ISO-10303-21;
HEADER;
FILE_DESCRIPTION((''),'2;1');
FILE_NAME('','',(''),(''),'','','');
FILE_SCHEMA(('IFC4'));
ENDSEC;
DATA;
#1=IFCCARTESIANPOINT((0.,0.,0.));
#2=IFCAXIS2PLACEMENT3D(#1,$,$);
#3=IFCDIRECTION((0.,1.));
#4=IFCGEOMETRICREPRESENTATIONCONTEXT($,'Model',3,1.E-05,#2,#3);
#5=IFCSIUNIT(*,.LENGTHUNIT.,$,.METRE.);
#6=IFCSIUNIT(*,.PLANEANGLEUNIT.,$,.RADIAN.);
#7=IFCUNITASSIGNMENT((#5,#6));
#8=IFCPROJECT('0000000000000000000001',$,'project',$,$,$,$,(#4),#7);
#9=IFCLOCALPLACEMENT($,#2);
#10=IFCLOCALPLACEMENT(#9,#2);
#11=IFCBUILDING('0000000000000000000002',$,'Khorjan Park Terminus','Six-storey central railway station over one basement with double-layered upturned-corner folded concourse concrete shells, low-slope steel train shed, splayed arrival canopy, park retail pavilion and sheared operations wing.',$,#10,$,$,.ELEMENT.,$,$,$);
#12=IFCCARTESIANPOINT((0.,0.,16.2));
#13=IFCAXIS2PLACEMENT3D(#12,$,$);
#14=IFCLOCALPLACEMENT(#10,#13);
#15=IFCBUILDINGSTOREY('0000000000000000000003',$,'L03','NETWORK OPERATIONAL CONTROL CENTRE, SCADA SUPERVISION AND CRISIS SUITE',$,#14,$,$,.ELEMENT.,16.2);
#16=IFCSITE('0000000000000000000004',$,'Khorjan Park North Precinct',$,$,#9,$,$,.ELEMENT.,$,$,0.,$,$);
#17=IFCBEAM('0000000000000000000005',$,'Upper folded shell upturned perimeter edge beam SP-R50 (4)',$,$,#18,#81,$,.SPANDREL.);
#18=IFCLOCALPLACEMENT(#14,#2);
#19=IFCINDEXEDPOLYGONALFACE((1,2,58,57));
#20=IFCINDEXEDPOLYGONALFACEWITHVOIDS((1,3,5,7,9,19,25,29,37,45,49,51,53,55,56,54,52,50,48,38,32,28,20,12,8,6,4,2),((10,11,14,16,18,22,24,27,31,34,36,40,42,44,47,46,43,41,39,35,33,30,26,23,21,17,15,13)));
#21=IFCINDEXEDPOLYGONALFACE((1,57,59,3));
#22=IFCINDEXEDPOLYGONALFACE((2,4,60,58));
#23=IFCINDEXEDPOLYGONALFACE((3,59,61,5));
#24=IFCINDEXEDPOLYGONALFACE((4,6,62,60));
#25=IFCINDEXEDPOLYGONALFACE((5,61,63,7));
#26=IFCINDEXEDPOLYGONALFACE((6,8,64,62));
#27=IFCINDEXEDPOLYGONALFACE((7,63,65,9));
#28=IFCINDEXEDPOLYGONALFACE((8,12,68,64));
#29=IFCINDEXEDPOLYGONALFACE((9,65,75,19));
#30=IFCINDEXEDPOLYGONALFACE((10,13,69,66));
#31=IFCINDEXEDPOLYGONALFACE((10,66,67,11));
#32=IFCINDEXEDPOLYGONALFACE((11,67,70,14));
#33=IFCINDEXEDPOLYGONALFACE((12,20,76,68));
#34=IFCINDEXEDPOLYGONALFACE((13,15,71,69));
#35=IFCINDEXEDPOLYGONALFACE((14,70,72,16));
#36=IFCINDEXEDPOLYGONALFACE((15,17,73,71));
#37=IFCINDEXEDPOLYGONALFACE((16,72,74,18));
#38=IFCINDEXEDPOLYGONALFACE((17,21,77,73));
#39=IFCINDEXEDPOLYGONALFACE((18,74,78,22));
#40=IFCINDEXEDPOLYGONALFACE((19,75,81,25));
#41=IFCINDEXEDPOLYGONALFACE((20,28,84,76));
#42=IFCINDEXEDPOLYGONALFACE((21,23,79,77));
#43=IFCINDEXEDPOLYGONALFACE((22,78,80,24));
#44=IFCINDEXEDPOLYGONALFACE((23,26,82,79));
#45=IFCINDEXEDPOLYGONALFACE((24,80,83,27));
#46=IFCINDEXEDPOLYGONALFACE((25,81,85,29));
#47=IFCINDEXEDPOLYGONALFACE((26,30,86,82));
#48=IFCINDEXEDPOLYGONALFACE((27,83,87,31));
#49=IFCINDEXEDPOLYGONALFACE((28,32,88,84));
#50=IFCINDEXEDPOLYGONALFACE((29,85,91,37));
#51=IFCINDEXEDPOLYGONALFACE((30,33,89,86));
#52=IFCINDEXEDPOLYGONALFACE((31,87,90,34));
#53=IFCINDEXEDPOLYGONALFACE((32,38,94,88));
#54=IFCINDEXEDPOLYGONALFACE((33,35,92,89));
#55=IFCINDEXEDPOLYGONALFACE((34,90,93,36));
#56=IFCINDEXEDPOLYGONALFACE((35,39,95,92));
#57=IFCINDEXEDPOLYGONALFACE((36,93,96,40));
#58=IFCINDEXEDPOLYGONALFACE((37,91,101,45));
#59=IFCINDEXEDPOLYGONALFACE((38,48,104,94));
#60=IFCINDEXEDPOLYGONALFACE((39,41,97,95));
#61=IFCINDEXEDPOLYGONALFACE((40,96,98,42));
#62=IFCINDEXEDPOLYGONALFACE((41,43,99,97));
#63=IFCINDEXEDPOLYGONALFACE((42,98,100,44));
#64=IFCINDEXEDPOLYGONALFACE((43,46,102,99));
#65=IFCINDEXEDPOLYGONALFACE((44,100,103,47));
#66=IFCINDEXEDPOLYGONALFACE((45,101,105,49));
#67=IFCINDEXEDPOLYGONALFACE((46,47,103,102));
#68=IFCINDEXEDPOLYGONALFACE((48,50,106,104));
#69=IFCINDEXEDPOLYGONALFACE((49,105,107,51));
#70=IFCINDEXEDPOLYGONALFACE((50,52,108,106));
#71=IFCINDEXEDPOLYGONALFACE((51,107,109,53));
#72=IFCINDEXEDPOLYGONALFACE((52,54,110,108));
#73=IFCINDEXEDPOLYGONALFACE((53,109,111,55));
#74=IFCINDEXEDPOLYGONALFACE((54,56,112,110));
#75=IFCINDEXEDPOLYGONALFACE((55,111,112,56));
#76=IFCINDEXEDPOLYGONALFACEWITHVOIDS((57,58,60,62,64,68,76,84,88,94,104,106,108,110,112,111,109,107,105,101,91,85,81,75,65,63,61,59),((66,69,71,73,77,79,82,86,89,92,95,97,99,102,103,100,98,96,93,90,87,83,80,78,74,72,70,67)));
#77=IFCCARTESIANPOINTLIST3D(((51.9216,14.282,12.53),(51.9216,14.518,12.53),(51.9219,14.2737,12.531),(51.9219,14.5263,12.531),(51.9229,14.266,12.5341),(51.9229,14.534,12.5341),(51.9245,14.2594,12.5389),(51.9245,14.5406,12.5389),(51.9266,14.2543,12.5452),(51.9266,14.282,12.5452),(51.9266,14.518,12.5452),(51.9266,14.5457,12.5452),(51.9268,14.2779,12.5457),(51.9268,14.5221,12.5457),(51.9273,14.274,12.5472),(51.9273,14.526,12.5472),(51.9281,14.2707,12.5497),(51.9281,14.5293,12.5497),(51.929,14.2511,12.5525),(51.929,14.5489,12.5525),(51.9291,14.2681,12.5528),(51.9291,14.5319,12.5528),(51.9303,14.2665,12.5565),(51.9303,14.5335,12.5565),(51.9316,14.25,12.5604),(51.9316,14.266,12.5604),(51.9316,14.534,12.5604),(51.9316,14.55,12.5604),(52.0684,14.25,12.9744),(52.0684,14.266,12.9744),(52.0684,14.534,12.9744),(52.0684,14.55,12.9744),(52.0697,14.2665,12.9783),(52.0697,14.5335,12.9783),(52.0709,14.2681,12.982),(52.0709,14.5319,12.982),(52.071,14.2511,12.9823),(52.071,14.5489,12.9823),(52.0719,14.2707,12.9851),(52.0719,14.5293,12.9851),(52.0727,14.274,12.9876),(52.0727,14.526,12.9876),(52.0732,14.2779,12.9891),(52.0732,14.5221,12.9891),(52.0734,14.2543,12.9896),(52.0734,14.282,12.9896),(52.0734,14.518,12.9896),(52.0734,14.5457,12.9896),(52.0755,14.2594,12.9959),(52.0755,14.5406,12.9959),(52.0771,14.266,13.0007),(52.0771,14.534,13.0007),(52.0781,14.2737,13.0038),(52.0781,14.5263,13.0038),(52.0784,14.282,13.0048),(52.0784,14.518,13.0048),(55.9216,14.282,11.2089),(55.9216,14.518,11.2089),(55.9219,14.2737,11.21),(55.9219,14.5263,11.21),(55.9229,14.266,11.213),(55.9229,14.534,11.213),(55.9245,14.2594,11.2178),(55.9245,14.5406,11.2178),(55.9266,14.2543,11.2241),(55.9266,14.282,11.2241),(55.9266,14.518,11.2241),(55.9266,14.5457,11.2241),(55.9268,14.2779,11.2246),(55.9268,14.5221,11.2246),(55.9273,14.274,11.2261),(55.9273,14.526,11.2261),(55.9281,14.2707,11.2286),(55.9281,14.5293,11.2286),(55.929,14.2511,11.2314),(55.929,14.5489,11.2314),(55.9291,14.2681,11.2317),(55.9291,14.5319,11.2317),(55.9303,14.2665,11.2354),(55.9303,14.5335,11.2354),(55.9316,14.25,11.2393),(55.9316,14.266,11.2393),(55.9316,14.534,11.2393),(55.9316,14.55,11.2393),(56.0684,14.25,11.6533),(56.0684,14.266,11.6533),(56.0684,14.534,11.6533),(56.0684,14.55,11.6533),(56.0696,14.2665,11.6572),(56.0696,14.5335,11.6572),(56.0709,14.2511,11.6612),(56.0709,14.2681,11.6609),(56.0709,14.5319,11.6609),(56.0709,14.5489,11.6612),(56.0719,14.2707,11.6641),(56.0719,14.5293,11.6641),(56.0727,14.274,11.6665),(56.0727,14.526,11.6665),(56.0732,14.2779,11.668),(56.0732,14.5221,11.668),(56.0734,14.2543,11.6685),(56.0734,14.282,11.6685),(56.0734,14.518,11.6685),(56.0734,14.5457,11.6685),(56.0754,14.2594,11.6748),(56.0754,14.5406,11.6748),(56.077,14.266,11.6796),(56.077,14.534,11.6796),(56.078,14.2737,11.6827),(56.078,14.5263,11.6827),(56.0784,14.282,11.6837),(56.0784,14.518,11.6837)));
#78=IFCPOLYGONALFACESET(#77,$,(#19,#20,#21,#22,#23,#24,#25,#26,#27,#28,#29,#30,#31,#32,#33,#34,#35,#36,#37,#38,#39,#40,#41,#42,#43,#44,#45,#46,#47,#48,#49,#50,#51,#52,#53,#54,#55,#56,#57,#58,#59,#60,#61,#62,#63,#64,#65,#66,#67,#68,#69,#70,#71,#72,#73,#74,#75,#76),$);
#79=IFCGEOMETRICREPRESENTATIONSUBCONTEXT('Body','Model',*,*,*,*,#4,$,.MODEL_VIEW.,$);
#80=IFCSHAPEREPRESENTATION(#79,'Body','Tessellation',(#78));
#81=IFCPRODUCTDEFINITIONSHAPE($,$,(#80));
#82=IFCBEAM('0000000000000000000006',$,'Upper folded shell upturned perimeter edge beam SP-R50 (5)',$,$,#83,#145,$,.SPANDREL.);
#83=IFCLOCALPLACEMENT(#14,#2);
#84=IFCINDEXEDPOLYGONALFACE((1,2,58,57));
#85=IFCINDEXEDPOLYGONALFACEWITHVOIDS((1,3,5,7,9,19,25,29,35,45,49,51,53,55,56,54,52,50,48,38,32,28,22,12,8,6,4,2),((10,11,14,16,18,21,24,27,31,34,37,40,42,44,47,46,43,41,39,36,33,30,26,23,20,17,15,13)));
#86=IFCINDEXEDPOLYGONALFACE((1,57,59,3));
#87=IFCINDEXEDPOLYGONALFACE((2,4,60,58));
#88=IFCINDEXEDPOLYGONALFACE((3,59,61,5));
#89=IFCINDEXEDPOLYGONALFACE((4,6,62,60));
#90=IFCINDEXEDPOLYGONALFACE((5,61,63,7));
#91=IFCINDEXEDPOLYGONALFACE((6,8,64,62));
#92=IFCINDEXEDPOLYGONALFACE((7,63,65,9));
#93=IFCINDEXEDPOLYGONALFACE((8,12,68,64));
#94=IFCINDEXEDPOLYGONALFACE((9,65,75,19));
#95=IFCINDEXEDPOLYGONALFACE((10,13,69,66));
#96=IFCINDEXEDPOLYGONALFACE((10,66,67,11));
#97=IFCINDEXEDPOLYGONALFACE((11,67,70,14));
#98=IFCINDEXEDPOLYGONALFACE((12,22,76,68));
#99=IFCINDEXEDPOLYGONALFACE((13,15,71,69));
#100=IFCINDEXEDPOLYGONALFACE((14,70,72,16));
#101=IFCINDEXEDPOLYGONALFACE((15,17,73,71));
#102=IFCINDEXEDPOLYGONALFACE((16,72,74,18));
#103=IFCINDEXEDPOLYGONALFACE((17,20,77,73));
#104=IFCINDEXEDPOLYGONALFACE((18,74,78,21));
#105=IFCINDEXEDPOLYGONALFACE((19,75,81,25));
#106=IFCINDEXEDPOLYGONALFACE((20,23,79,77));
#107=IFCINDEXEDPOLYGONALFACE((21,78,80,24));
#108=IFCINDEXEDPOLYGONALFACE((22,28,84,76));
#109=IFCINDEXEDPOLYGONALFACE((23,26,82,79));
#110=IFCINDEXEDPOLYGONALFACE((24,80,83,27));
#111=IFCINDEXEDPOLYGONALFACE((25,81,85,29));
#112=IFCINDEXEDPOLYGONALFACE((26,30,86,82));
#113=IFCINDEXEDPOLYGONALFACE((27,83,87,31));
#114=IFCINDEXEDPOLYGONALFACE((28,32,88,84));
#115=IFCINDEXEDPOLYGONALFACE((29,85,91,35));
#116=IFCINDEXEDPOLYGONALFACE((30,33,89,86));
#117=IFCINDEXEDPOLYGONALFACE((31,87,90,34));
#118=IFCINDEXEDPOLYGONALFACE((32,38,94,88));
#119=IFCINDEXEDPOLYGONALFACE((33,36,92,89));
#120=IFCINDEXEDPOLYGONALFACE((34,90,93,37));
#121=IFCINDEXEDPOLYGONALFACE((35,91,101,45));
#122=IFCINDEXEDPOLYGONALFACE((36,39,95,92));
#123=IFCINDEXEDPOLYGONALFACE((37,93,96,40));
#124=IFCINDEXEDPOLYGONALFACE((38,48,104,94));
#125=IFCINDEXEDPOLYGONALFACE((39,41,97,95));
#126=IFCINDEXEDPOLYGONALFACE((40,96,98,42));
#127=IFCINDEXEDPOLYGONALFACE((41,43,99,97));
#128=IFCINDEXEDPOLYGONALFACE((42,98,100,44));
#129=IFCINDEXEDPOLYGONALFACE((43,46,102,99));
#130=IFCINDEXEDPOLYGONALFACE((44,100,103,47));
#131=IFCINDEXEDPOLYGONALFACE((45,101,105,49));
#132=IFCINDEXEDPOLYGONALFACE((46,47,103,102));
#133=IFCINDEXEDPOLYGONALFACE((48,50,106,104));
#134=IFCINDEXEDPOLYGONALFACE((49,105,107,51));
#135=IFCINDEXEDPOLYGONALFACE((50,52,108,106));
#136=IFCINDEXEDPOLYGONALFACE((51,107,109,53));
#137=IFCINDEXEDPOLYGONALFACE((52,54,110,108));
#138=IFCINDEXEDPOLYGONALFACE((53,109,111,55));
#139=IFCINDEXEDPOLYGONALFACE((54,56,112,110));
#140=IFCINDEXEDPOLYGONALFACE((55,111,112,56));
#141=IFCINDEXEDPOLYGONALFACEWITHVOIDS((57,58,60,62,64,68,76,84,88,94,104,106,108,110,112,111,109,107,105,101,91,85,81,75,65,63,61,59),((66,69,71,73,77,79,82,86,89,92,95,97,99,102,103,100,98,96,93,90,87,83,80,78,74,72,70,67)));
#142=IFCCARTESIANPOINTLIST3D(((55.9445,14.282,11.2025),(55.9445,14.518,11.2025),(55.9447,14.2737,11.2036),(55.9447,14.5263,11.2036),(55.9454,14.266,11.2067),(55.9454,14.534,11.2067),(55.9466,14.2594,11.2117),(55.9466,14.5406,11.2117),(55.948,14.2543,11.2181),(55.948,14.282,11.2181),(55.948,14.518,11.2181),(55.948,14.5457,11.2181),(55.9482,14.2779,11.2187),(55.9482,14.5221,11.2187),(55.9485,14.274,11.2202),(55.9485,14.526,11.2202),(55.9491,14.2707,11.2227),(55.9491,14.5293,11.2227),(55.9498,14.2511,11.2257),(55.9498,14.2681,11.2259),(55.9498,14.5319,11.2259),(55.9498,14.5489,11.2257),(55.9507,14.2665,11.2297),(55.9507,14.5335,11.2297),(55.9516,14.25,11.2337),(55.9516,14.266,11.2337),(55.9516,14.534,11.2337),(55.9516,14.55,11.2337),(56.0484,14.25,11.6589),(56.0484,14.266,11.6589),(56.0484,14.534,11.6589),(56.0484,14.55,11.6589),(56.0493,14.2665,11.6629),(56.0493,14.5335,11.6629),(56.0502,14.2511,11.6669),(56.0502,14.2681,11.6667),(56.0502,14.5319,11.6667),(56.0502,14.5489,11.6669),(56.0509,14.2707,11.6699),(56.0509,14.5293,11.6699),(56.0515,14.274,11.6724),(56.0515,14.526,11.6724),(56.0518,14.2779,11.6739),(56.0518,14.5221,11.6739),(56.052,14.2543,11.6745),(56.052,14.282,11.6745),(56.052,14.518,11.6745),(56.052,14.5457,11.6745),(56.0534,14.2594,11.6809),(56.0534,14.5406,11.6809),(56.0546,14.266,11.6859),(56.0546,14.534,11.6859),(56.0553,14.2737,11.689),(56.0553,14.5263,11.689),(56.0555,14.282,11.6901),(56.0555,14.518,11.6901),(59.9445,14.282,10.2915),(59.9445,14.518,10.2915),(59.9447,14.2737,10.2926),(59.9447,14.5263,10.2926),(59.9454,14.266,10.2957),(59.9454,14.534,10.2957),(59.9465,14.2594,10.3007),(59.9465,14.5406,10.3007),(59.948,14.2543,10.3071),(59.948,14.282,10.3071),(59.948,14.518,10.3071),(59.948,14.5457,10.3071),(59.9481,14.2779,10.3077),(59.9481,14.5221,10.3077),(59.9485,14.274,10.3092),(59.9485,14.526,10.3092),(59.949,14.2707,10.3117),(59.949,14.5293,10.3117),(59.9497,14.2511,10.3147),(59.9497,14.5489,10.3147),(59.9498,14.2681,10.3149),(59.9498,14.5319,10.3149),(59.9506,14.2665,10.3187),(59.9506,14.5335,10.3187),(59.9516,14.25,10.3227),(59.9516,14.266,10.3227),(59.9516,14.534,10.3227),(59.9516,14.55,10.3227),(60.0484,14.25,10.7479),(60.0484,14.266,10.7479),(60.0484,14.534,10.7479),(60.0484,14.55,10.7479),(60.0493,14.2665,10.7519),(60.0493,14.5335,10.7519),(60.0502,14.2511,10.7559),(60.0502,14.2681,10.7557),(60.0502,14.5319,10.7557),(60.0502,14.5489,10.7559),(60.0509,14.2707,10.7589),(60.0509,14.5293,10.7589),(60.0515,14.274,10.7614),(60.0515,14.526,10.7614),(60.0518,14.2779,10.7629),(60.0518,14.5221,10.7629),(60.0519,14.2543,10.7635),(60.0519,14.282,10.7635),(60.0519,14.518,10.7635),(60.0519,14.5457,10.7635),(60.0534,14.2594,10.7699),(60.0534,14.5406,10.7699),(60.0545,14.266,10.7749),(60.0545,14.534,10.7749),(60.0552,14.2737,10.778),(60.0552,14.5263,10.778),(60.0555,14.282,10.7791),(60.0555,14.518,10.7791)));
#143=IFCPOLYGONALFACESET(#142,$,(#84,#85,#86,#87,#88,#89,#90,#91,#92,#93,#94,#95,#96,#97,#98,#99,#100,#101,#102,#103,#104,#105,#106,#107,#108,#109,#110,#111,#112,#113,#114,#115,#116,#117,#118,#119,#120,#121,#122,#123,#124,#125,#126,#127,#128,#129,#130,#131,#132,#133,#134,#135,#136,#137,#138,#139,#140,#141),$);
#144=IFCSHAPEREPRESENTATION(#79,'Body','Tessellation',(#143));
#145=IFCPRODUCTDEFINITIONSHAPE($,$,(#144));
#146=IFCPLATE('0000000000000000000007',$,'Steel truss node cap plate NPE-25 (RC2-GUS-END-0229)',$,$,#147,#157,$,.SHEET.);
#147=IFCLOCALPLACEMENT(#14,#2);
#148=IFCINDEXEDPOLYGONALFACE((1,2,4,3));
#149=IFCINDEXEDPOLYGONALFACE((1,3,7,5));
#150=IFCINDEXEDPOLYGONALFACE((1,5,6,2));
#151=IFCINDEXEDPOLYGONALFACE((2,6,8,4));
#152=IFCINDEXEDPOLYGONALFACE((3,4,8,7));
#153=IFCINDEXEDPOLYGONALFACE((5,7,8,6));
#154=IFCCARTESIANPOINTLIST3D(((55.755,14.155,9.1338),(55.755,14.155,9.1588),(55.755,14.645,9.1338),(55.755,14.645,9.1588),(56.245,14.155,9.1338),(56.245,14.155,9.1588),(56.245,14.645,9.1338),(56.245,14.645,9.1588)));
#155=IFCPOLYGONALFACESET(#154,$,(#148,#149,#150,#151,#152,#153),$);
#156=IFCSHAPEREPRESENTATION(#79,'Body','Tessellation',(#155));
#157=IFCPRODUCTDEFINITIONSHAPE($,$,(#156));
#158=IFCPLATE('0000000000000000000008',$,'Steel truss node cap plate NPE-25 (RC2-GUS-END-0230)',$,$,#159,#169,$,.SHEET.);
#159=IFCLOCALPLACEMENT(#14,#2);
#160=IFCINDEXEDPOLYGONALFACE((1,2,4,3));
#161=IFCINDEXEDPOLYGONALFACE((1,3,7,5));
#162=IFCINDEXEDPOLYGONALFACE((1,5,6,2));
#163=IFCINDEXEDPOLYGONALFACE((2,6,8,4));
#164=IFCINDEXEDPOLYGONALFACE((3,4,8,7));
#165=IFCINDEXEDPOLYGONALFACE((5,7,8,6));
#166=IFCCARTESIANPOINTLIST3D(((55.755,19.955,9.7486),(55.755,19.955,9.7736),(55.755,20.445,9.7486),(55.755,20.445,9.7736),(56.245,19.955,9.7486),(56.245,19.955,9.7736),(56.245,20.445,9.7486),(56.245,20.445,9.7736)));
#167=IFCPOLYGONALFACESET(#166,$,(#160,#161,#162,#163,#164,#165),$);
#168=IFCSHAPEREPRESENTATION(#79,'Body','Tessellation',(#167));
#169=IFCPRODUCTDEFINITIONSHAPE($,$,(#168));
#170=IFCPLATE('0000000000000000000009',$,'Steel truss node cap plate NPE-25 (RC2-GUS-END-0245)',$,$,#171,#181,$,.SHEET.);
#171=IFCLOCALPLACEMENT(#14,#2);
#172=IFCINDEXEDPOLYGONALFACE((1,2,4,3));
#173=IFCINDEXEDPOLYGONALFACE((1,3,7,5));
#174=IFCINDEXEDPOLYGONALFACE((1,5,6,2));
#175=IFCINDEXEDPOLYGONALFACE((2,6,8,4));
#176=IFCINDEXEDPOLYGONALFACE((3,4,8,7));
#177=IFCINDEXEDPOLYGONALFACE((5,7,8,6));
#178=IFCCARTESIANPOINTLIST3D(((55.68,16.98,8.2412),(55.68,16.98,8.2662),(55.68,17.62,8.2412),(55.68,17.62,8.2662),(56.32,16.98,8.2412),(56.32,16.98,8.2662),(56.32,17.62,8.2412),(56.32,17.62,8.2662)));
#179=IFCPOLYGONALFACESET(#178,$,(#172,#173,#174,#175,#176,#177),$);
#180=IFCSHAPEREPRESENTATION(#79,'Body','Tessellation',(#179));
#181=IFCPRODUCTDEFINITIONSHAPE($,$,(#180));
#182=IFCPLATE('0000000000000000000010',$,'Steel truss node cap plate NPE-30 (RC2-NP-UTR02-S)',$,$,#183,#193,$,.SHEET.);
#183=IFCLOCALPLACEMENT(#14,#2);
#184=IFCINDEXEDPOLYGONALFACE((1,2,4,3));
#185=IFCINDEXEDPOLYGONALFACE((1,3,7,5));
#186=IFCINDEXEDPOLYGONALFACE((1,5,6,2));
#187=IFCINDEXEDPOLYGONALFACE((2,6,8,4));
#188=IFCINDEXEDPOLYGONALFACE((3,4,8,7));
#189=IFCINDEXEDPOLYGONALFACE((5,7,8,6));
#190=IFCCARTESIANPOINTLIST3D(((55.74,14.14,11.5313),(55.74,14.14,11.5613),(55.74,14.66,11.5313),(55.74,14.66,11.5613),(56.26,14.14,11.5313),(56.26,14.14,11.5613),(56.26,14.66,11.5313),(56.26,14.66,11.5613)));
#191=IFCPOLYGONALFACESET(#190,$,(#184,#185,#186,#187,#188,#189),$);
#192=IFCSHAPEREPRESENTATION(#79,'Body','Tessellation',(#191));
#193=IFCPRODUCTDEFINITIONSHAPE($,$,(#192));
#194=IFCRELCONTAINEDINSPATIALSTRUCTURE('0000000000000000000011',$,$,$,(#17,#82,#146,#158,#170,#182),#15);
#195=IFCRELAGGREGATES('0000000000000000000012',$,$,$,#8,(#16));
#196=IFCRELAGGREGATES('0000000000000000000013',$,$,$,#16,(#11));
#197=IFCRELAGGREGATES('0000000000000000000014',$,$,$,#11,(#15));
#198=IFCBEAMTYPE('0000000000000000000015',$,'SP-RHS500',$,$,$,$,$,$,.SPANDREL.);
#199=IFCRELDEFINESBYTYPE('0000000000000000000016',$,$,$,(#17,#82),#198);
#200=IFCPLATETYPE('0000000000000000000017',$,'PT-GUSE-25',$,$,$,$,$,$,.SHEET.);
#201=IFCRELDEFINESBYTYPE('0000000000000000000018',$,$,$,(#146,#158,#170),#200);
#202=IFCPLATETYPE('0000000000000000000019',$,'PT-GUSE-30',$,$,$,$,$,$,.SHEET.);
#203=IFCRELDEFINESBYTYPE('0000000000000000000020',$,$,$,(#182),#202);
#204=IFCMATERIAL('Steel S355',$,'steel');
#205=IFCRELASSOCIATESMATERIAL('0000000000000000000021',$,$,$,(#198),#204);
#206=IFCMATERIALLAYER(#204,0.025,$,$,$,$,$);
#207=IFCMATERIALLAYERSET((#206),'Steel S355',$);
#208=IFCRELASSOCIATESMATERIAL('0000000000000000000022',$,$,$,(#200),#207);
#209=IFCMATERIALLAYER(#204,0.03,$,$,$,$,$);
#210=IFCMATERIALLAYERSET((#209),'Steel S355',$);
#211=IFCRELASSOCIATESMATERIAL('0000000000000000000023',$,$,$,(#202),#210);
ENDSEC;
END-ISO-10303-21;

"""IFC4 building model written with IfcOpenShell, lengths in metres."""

from ifc_helpers import new_model, si_unit, direction, frame, origin, origin_2d, place, context, subcontext, project, spatial, rectangle, hollow_rectangle, extrude, material, layer, layer_set, material_profile, profile_set, type_object, element, save


model = new_model("IFC4")

# Units and contexts
model_context = context("Model", 3, precision=1e-05, world=origin(), true_north=direction((0.0, 1.0)))
body_context = subcontext(model_context, "Body", "Model", "MODEL_VIEW")
ifc_project = project(units=[si_unit("LENGTHUNIT", "METRE"), si_unit("PLANEANGLEUNIT", "RADIAN")], contexts=[model_context])

# Site, building, storey
site_placement = place(None, origin())
site = spatial("IfcSite", under=ifc_project, at=site_placement, Name="Khorjan Park North Precinct", CompositionType="ELEMENT", RefElevation=0.0)
building_placement = place(site_placement, origin())
building = spatial("IfcBuilding", under=site, at=building_placement, Name="Khorjan Park Terminus", Description="Six-storey central railway station over one basement with double-layered upturned-corner folded concourse concrete shells, low-slope steel train shed, splayed arrival canopy, park retail pavilion and sheared operations wing.", CompositionType="ELEMENT")
storey_placement = place(building_placement, frame((0.0, 0.0, 16.2)))
storey = spatial("IfcBuildingStorey", under=building, at=storey_placement, Name="L03", Description="NETWORK OPERATIONAL CONTROL CENTRE, SCADA SUPERVISION AND CRISIS SUITE", CompositionType="ELEMENT", Elevation=16.2)

# Shared definitions
ifc_material_1 = material(Name="Steel S355", Category="steel")

# Beams
ifc_material_profile_1 = material_profile(ifc_material_1, hollow_rectangle(XDim=0.3, YDim=0.5, WallThickness=0.016, InnerFilletRadius=0.016, OuterFilletRadius=0.032, at=origin_2d()), Name="RHS 500x300x16")
ifc_profile_set_1 = profile_set([ifc_material_profile_1], Name="Steel S355")
beam_type_1 = type_object("IfcBeamType", Name="SP-RHS500", PredefinedType="SPANDREL", material=ifc_profile_set_1)
beam_1_placement = place(storey_placement, frame((52.0, 14.4, 12.7674), z_axis=(0.949551, 0.0, -0.313613), x_axis=(0.0, 1.0, 0.0)))
element("IfcBeam", 1, at=beam_1_placement, inside=storey, type_object=beam_type_1, Name="Upper folded shell upturned perimeter edge beam SP-R50 (4)", PredefinedType="SPANDREL", context=body_context, shape_type="SweptSolid", body=[
    extrude(hollow_rectangle(XDim=0.3, YDim=0.5, WallThickness=0.016, InnerFilletRadius=0.016, OuterFilletRadius=0.032, at=origin_2d()), origin(), (0.0, 0.0, 1.0), 4.2125),
])
beam_2_placement = place(storey_placement, frame((56.0, 14.4, 11.4463), z_axis=(0.975032, 0.0, -0.222064), x_axis=(0.0, 1.0, 0.0)))
element("IfcBeam", 2, at=beam_2_placement, inside=storey, type_object=beam_type_1, Name="Upper folded shell upturned perimeter edge beam SP-R50 (5)", PredefinedType="SPANDREL", context=body_context, shape_type="SweptSolid", body=[
    extrude(hollow_rectangle(XDim=0.3, YDim=0.5, WallThickness=0.016, InnerFilletRadius=0.016, OuterFilletRadius=0.032, at=origin_2d()), origin(), (0.0, 0.0, 1.0), 4.1024),
])

# Plates
ifc_layer_1 = layer(ifc_material_1, 0.025)
ifc_layer_set_1 = layer_set([ifc_layer_1], Name="Steel S355")
plate_type_1 = type_object("IfcPlateType", Name="PT-GUSE-25", PredefinedType="SHEET", material=ifc_layer_set_1)
for number, where, z_axis, x_axis, name in (
    (3, (56.0, 14.4, 9.1338), (0.0, 0.0, 1.0), (1.0, 0.0, 0.0), "Steel truss node cap plate NPE-25 (RC2-GUS-END-0229)"),
    (4, (56.0, 20.2, 9.7486), (0.0, 0.0, 1.0), (1.0, 0.0, 0.0), "Steel truss node cap plate NPE-25 (RC2-GUS-END-0230)"),
):
    element("IfcPlate", number, at=place(storey_placement, frame(where, z_axis=z_axis, x_axis=x_axis)), inside=storey, type_object=plate_type_1, Name=name, PredefinedType="SHEET", context=body_context, shape_type="SweptSolid", body=[
        extrude(rectangle(XDim=0.49, YDim=0.49, at=origin_2d()), origin(), (0.0, 0.0, 1.0), 0.025),
    ])
plate_1_placement = place(storey_placement, frame((56.0, 17.3, 8.2412), z_axis=(0.0, 0.0, 1.0), x_axis=(1.0, 0.0, 0.0)))
element("IfcPlate", 5, at=plate_1_placement, inside=storey, type_object=plate_type_1, Name="Steel truss node cap plate NPE-25 (RC2-GUS-END-0245)", PredefinedType="SHEET", context=body_context, shape_type="SweptSolid", body=[
    extrude(rectangle(XDim=0.64, YDim=0.64, at=origin_2d()), origin(), (0.0, 0.0, 1.0), 0.025),
])
ifc_layer_2 = layer(ifc_material_1, 0.03)
ifc_layer_set_2 = layer_set([ifc_layer_2], Name="Steel S355")
plate_type_2 = type_object("IfcPlateType", Name="PT-GUSE-30", PredefinedType="SHEET", material=ifc_layer_set_2)
plate_2_placement = place(storey_placement, frame((56.0, 14.4, 11.5313), z_axis=(0.0, 0.0, 1.0), x_axis=(1.0, 0.0, 0.0)))
element("IfcPlate", 6, at=plate_2_placement, inside=storey, type_object=plate_type_2, Name="Steel truss node cap plate NPE-30 (RC2-NP-UTR02-S)", PredefinedType="SHEET", context=body_context, shape_type="SweptSolid", body=[
    extrude(rectangle(XDim=0.52, YDim=0.52, at=origin_2d()), origin(), (0.0, 0.0, 1.0), 0.03),
])

save(model, "model.ifc")
